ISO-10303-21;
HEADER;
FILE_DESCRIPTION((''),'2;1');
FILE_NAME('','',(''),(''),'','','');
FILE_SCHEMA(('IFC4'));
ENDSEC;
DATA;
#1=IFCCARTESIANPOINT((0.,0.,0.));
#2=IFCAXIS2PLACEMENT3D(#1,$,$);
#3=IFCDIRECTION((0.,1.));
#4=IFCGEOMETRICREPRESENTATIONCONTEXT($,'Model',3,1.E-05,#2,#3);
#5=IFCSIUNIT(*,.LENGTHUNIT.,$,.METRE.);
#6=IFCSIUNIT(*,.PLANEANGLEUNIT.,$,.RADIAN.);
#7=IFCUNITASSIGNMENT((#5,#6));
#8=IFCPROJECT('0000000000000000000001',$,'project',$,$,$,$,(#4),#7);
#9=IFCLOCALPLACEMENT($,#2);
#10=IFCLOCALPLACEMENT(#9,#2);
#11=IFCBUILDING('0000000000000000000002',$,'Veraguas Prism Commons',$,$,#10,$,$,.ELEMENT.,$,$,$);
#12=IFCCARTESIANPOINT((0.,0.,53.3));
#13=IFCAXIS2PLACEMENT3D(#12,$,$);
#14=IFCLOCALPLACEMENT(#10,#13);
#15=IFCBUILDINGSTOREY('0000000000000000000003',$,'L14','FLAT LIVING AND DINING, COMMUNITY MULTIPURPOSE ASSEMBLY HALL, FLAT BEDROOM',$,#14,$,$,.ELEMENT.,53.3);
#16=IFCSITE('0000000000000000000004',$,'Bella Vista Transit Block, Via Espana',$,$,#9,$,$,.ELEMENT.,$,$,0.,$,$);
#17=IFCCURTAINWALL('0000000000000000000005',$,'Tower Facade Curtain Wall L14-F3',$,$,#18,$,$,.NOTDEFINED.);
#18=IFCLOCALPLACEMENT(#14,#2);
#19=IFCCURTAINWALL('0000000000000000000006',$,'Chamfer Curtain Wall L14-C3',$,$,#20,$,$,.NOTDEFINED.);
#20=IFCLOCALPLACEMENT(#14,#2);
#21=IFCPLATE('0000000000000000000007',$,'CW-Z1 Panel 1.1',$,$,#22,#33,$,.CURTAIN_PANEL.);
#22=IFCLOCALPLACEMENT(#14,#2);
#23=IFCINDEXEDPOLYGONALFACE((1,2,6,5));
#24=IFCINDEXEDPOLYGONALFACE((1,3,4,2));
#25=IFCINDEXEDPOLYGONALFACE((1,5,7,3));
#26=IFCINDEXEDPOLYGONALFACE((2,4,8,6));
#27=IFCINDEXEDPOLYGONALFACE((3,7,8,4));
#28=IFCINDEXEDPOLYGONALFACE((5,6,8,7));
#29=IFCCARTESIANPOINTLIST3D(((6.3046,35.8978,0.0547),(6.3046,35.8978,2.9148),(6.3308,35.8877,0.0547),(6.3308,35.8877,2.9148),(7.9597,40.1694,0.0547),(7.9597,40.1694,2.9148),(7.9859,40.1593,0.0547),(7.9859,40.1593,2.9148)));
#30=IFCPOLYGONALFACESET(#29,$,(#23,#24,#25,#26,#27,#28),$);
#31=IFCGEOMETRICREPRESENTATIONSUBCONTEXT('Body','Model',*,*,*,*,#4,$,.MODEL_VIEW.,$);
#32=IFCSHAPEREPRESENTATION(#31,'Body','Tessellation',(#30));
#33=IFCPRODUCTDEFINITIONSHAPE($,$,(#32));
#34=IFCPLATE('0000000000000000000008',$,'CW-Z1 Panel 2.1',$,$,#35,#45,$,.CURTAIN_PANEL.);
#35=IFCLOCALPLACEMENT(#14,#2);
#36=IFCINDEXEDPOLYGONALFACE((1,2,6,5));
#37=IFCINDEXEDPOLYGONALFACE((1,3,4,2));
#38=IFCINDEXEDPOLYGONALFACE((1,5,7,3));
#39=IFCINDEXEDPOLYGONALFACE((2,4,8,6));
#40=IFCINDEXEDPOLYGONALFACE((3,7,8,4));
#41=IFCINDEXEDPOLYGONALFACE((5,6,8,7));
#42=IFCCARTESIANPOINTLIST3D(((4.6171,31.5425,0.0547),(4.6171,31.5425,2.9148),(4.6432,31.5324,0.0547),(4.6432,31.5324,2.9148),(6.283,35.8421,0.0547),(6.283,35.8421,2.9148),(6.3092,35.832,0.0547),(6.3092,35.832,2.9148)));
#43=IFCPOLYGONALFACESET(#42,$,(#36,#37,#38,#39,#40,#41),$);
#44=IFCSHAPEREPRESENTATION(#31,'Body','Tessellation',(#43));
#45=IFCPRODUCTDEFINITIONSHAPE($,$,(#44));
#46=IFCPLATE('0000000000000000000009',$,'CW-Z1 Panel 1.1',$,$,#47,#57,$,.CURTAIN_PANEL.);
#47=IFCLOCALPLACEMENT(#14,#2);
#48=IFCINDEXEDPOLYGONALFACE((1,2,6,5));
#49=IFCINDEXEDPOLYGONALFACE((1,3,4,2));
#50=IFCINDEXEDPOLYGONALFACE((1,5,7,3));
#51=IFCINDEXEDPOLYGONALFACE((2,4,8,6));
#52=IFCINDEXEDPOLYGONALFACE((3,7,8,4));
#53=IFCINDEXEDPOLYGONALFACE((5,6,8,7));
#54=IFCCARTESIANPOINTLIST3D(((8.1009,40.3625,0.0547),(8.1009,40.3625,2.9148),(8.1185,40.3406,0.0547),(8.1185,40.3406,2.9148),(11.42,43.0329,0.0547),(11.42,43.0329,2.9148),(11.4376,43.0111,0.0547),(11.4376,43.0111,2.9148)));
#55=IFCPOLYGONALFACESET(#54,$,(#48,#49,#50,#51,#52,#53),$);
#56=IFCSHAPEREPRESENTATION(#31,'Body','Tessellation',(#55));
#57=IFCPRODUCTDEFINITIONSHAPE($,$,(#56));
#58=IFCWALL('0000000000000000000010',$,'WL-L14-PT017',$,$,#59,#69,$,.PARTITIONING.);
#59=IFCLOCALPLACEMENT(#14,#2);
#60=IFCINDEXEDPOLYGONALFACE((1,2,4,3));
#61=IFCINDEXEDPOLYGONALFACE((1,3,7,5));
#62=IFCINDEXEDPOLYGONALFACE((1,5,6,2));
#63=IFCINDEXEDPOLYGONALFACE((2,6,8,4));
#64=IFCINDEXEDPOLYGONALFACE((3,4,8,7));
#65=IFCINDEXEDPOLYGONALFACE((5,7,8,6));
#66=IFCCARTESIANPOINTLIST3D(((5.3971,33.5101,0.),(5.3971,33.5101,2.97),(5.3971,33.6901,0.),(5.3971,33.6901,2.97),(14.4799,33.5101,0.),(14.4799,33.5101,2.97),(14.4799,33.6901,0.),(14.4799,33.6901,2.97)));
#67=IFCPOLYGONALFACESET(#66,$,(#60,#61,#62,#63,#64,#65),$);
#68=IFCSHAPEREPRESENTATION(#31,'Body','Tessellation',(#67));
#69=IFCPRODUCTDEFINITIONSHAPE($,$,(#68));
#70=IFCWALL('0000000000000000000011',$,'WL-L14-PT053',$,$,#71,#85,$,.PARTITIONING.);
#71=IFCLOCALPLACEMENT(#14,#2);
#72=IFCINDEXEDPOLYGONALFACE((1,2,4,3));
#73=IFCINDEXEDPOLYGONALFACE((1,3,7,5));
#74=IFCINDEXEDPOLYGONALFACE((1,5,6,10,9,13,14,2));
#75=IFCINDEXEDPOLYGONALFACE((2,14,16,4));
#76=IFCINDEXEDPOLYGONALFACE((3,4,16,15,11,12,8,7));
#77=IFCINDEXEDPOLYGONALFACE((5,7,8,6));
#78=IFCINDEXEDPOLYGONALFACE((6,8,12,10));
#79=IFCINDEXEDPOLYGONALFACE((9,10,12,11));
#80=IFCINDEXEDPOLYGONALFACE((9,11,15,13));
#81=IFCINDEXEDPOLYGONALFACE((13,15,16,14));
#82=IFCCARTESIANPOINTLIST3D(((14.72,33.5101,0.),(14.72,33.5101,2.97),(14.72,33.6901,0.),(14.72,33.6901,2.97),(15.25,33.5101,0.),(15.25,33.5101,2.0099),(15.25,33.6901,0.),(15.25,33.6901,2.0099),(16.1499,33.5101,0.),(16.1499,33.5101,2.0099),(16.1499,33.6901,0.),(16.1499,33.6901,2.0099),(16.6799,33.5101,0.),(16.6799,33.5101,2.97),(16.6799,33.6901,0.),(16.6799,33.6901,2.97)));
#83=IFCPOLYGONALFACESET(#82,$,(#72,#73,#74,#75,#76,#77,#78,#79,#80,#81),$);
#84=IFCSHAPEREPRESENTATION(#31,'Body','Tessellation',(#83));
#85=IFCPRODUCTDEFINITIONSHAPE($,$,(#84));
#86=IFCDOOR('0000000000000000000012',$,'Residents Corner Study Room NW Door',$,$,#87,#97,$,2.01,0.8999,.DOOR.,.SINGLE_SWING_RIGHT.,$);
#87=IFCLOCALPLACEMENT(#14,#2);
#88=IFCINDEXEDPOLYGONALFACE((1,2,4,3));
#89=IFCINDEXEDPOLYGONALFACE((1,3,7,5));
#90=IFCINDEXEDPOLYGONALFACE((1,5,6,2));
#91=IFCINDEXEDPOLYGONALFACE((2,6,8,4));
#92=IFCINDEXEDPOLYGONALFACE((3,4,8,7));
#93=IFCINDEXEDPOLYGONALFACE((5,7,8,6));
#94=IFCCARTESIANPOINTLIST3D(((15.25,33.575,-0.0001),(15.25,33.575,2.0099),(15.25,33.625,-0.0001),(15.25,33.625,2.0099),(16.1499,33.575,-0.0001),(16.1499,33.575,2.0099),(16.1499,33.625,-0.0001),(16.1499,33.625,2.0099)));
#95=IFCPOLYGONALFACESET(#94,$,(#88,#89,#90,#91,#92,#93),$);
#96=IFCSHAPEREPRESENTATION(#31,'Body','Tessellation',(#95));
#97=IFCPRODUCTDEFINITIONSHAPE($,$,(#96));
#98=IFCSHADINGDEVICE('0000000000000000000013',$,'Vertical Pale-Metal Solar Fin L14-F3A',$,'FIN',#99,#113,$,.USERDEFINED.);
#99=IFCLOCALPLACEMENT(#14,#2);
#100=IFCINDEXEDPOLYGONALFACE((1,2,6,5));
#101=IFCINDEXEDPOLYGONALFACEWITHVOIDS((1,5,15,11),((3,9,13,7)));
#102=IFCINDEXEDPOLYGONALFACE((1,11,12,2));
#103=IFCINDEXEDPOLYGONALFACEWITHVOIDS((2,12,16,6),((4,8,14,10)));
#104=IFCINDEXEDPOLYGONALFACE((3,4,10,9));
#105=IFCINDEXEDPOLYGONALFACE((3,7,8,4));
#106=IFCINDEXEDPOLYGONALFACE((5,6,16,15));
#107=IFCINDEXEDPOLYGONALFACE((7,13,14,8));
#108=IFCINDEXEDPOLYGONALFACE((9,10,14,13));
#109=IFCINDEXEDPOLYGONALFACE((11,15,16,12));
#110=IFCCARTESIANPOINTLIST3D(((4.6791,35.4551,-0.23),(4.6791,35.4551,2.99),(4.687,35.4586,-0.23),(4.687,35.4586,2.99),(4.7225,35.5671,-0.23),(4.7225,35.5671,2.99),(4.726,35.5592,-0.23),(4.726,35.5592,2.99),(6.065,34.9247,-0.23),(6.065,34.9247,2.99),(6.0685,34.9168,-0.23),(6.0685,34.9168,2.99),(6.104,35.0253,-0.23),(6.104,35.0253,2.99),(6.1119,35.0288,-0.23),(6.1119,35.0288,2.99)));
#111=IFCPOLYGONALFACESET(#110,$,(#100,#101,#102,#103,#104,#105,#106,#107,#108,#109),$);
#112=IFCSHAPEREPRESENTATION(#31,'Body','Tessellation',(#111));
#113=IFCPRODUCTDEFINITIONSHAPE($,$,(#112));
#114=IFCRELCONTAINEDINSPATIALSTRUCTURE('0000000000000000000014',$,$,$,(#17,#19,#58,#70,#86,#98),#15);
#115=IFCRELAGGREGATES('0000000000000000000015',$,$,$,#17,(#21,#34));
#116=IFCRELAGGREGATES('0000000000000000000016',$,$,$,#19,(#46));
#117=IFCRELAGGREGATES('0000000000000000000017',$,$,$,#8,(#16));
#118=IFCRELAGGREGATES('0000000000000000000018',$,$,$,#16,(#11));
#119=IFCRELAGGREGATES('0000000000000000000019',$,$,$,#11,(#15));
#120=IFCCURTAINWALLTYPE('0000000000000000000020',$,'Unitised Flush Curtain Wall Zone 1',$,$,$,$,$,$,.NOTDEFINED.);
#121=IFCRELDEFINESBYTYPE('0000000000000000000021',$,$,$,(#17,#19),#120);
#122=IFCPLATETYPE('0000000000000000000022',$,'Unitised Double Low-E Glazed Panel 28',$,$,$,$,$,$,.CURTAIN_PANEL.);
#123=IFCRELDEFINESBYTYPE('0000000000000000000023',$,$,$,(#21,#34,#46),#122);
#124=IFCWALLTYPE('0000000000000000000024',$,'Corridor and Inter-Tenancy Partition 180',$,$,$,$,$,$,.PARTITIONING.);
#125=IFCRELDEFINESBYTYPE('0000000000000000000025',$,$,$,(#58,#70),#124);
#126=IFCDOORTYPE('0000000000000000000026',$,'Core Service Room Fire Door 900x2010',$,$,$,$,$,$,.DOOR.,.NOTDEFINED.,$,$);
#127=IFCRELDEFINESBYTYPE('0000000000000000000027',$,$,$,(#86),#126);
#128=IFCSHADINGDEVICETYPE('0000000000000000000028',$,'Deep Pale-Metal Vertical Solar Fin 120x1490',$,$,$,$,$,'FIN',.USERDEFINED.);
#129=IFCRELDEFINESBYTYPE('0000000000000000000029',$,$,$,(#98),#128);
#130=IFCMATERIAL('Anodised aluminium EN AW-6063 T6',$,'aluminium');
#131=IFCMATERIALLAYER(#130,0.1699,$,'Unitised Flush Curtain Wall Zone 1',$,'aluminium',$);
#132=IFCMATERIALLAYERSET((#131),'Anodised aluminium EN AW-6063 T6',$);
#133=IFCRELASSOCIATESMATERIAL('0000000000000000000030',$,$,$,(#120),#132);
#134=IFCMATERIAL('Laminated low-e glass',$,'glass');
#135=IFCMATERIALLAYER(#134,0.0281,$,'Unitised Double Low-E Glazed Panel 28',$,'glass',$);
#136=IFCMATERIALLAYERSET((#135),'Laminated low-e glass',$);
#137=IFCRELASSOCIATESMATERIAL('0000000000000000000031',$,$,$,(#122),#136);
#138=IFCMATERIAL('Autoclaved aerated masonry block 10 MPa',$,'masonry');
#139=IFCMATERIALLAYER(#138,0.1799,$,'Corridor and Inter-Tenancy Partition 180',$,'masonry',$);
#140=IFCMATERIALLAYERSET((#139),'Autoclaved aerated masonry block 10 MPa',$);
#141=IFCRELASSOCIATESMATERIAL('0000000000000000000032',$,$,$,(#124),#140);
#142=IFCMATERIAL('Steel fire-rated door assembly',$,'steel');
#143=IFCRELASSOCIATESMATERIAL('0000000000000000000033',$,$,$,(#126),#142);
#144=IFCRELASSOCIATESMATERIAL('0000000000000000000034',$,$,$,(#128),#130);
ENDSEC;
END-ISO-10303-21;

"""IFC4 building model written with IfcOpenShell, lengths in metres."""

from ifc_helpers import new_model, si_unit, direction, frame, frame_2d, origin, origin_2d, place, context, subcontext, project, spatial, rectangle, hollow_rectangle, extrude, source, transform, mapped, material, layer, layer_set, material_profile, profile_set, type_object, element, fill, aggregate, save


model = new_model("IFC4")

# Units and contexts
model_context = context("Model", 3, precision=1e-05, world=origin(), true_north=direction((0.0, 1.0)))
body_context = subcontext(model_context, "Body", "Model", "MODEL_VIEW")
ifc_project = project(units=[si_unit("LENGTHUNIT", "METRE"), si_unit("PLANEANGLEUNIT", "RADIAN")], contexts=[model_context])

# Site, building, storey
site_placement = place(None, origin())
site = spatial("IfcSite", under=ifc_project, at=site_placement, Name="Bella Vista Transit Block, Via Espana", CompositionType="ELEMENT", RefElevation=0.0)
building_placement = place(site_placement, origin())
building = spatial("IfcBuilding", under=site, at=building_placement, Name="Veraguas Prism Commons", CompositionType="ELEMENT")
storey_placement = place(building_placement, frame((0.0, 0.0, 53.3)))
storey = spatial("IfcBuildingStorey", under=building, at=storey_placement, Name="L14", Description="FLAT LIVING AND DINING, COMMUNITY MULTIPURPOSE ASSEMBLY HALL, FLAT BEDROOM", CompositionType="ELEMENT", Elevation=53.3)

# Curtain walls
ifc_material_1 = material(Name="Anodised aluminium EN AW-6063 T6", Category="aluminium")
ifc_layer_1 = layer(ifc_material_1, 0.1699, Name="Unitised Flush Curtain Wall Zone 1", Category="aluminium")
ifc_layer_set_1 = layer_set([ifc_layer_1], Name="Anodised aluminium EN AW-6063 T6")
curtain_wall_type = type_object("IfcCurtainWallType", Name="Unitised Flush Curtain Wall Zone 1", PredefinedType="NOTDEFINED", material=ifc_layer_set_1)
curtain_wall_1_placement = place(storey_placement, origin())
curtain_wall_1 = element("IfcCurtainWall", 1, at=curtain_wall_1_placement, inside=storey, type_object=curtain_wall_type, Name="Tower Facade Curtain Wall L14-F3", PredefinedType="NOTDEFINED")
curtain_wall_2_placement = place(storey_placement, origin())
curtain_wall_2 = element("IfcCurtainWall", 2, at=curtain_wall_2_placement, inside=storey, type_object=curtain_wall_type, Name="Chamfer Curtain Wall L14-C3", PredefinedType="NOTDEFINED")

# Plates
ifc_material_2 = material(Name="Laminated low-e glass", Category="glass")
ifc_layer_2 = layer(ifc_material_2, 0.0281, Name="Unitised Double Low-E Glazed Panel 28", Category="glass")
ifc_layer_set_2 = layer_set([ifc_layer_2], Name="Laminated low-e glass")
plate_type = type_object("IfcPlateType", Name="Unitised Double Low-E Glazed Panel 28", PredefinedType="CURTAIN_PANEL", material=ifc_layer_set_2)
shared_shape_1 = source(origin(), body_context, "Body", "SweptSolid", [
    extrude(rectangle(XDim=4.5811, YDim=0.0281, at=origin_2d()), origin(), (0.0, 0.0, 1.0), 2.8601),
])
plate_1_placement = place(storey_placement, frame((7.1453, 38.0286, 0.0547), z_axis=(0.0, 0.0, 1.0), x_axis=(-0.361294, -0.932452, 0.0)))
plate_1 = element("IfcPlate", 3, at=plate_1_placement, type_object=plate_type, Name="CW-Z1 Panel 1.1", PredefinedType="CURTAIN_PANEL", context=body_context, shape_type="MappedRepresentation", body=[
    mapped(shared_shape_1, transform((0.0, 0.0, 0.0), scale=1.0)),
])
shared_shape_2 = source(origin(), body_context, "Body", "SweptSolid", [
    extrude(rectangle(XDim=4.6111, YDim=0.0281, at=origin_2d()), origin(), (0.0, 0.0, 1.0), 2.8601),
])
plate_2_placement = place(storey_placement, frame((5.4631, 33.6873, 0.0547), z_axis=(0.0, 0.0, 1.0), x_axis=(-0.361294, -0.932452, 0.0)))
plate_2 = element("IfcPlate", 4, at=plate_2_placement, type_object=plate_type, Name="CW-Z1 Panel 2.1", PredefinedType="CURTAIN_PANEL", context=body_context, shape_type="MappedRepresentation", body=[
    mapped(shared_shape_2, transform((0.0, 0.0, 0.0), scale=1.0)),
])
aggregate(curtain_wall_1, [plate_1, plate_2])
shared_shape_3 = source(origin(), body_context, "Body", "SweptSolid", [
    extrude(rectangle(XDim=4.26, YDim=0.0281, at=origin_2d()), origin(), (0.0, 0.0, 1.0), 2.8601),
])
plate_3_placement = place(storey_placement, frame((9.7693, 41.6868, 0.0547), z_axis=(0.0, 0.0, 1.0), x_axis=(-0.779126, -0.626868, 0.0)))
plate_3 = element("IfcPlate", 5, at=plate_3_placement, type_object=plate_type, Name="CW-Z1 Panel 1.1", PredefinedType="CURTAIN_PANEL", context=body_context, shape_type="MappedRepresentation", body=[
    mapped(shared_shape_3, transform((0.0, 0.0, 0.0), scale=1.0)),
])
aggregate(curtain_wall_2, [plate_3])

# Wall
ifc_material_3 = material(Name="Autoclaved aerated masonry block 10 MPa", Category="masonry")
ifc_layer_3 = layer(ifc_material_3, 0.1799, Name="Corridor and Inter-Tenancy Partition 180", Category="masonry")
ifc_layer_set_3 = layer_set([ifc_layer_3], Name="Autoclaved aerated masonry block 10 MPa")
wall_type = type_object("IfcWallType", Name="Corridor and Inter-Tenancy Partition 180", PredefinedType="PARTITIONING", material=ifc_layer_set_3)
wall_1_placement = place(storey_placement, frame((14.48, 33.6001, 0.0), z_axis=(0.0, 0.0, 1.0), x_axis=(-1.0, 0.0, 0.0)))
element("IfcWall", 6, at=wall_1_placement, inside=storey, type_object=wall_type, Name="WL-L14-PT017", PredefinedType="PARTITIONING", context=body_context, shape_type="SweptSolid", body=[
    extrude(rectangle(XDim=9.0828, YDim=0.1799, at=frame_2d((4.5415, 0.0))), origin(), (0.0, 0.0, 1.0), 2.97),
])

# Wall, opening, door
wall_2_placement = place(storey_placement, frame((14.72, 33.6001, 0.0), z_axis=(0.0, 0.0, 1.0), x_axis=(1.0, 0.0, 0.0)))
wall_2 = element("IfcWall", 7, at=wall_2_placement, inside=storey, type_object=wall_type, Name="WL-L14-PT053", PredefinedType="PARTITIONING", context=body_context, shape_type="SweptSolid", body=[
    extrude(rectangle(XDim=1.96, YDim=0.1799, at=frame_2d((0.98, 0.0))), origin(), (0.0, 0.0, 1.0), 2.97),
])
opening_placement = place(wall_2_placement, frame((0.53, 0.0, 0.0)))
opening = element("IfcOpeningElement", 8, at=opening_placement, cuts=wall_2, PredefinedType="OPENING", context=body_context, shape_type="SweptSolid", body=[
    extrude(rectangle(XDim=0.8999, YDim=2.01, at=frame_2d((0.45, 1.0049))), frame((0.0, 0.0999, 0.0), z_axis=(0.0, -1.0, 0.0), x_axis=(1.0, 0.0, 0.0)), (0.0, 0.0, 1.0), 0.2),
])
ifc_material_4 = material(Name="Steel fire-rated door assembly", Category="steel")
door_type = type_object("IfcDoorType", Name="Core Service Room Fire Door 900x2010", OperationType="NOTDEFINED", PredefinedType="DOOR", material=ifc_material_4)
shared_shape_4 = source(origin(), body_context, "Body", "SweptSolid", [
    extrude(rectangle(XDim=0.8999, YDim=2.01, at=frame_2d((0.45, 1.0049))), frame((0.0, 0.0249, 0.0), z_axis=(0.0, -1.0, 0.0), x_axis=(1.0, 0.0, 0.0)), (0.0, 0.0, 1.0), 0.05),
])
door_placement = place(opening_placement, origin())
door = element("IfcDoor", 9, at=door_placement, inside=storey, type_object=door_type, Name="Residents Corner Study Room NW Door", OperationType="SINGLE_SWING_RIGHT", OverallHeight=2.01, OverallWidth=0.8999, PredefinedType="DOOR", context=body_context, shape_type="MappedRepresentation", body=[
    mapped(shared_shape_4, transform((0.0, 0.0, 0.0), scale=1.0)),
])
fill(opening, door)

# Shading device
ifc_material_profile_1 = material_profile(ifc_material_1, hollow_rectangle(XDim=0.1201, YDim=1.49, WallThickness=0.0061, at=origin_2d()), Name="FIN120X1490X6")
ifc_profile_set_1 = profile_set([ifc_material_profile_1], Name="Anodised aluminium EN AW-6063 T6")
shading_device_type = type_object("IfcShadingDeviceType", Name="Deep Pale-Metal Vertical Solar Fin 120x1490", ElementType="FIN", PredefinedType="USERDEFINED", material=ifc_profile_set_1)
shading_device_placement = place(storey_placement, frame((5.3955, 35.2419, -0.23), z_axis=(0.0, 0.0, 1.0), x_axis=(-0.361297, -0.932451, 0.0)))
element("IfcShadingDevice", 10, at=shading_device_placement, inside=storey, type_object=shading_device_type, Name="Vertical Pale-Metal Solar Fin L14-F3A", ObjectType="FIN", PredefinedType="USERDEFINED", context=body_context, shape_type="SweptSolid", body=[
    extrude(hollow_rectangle(XDim=0.1201, YDim=1.49, WallThickness=0.0061, at=origin_2d()), origin(), (0.0, 0.0, 1.0), 3.22),
])

save(model, "model.ifc")
